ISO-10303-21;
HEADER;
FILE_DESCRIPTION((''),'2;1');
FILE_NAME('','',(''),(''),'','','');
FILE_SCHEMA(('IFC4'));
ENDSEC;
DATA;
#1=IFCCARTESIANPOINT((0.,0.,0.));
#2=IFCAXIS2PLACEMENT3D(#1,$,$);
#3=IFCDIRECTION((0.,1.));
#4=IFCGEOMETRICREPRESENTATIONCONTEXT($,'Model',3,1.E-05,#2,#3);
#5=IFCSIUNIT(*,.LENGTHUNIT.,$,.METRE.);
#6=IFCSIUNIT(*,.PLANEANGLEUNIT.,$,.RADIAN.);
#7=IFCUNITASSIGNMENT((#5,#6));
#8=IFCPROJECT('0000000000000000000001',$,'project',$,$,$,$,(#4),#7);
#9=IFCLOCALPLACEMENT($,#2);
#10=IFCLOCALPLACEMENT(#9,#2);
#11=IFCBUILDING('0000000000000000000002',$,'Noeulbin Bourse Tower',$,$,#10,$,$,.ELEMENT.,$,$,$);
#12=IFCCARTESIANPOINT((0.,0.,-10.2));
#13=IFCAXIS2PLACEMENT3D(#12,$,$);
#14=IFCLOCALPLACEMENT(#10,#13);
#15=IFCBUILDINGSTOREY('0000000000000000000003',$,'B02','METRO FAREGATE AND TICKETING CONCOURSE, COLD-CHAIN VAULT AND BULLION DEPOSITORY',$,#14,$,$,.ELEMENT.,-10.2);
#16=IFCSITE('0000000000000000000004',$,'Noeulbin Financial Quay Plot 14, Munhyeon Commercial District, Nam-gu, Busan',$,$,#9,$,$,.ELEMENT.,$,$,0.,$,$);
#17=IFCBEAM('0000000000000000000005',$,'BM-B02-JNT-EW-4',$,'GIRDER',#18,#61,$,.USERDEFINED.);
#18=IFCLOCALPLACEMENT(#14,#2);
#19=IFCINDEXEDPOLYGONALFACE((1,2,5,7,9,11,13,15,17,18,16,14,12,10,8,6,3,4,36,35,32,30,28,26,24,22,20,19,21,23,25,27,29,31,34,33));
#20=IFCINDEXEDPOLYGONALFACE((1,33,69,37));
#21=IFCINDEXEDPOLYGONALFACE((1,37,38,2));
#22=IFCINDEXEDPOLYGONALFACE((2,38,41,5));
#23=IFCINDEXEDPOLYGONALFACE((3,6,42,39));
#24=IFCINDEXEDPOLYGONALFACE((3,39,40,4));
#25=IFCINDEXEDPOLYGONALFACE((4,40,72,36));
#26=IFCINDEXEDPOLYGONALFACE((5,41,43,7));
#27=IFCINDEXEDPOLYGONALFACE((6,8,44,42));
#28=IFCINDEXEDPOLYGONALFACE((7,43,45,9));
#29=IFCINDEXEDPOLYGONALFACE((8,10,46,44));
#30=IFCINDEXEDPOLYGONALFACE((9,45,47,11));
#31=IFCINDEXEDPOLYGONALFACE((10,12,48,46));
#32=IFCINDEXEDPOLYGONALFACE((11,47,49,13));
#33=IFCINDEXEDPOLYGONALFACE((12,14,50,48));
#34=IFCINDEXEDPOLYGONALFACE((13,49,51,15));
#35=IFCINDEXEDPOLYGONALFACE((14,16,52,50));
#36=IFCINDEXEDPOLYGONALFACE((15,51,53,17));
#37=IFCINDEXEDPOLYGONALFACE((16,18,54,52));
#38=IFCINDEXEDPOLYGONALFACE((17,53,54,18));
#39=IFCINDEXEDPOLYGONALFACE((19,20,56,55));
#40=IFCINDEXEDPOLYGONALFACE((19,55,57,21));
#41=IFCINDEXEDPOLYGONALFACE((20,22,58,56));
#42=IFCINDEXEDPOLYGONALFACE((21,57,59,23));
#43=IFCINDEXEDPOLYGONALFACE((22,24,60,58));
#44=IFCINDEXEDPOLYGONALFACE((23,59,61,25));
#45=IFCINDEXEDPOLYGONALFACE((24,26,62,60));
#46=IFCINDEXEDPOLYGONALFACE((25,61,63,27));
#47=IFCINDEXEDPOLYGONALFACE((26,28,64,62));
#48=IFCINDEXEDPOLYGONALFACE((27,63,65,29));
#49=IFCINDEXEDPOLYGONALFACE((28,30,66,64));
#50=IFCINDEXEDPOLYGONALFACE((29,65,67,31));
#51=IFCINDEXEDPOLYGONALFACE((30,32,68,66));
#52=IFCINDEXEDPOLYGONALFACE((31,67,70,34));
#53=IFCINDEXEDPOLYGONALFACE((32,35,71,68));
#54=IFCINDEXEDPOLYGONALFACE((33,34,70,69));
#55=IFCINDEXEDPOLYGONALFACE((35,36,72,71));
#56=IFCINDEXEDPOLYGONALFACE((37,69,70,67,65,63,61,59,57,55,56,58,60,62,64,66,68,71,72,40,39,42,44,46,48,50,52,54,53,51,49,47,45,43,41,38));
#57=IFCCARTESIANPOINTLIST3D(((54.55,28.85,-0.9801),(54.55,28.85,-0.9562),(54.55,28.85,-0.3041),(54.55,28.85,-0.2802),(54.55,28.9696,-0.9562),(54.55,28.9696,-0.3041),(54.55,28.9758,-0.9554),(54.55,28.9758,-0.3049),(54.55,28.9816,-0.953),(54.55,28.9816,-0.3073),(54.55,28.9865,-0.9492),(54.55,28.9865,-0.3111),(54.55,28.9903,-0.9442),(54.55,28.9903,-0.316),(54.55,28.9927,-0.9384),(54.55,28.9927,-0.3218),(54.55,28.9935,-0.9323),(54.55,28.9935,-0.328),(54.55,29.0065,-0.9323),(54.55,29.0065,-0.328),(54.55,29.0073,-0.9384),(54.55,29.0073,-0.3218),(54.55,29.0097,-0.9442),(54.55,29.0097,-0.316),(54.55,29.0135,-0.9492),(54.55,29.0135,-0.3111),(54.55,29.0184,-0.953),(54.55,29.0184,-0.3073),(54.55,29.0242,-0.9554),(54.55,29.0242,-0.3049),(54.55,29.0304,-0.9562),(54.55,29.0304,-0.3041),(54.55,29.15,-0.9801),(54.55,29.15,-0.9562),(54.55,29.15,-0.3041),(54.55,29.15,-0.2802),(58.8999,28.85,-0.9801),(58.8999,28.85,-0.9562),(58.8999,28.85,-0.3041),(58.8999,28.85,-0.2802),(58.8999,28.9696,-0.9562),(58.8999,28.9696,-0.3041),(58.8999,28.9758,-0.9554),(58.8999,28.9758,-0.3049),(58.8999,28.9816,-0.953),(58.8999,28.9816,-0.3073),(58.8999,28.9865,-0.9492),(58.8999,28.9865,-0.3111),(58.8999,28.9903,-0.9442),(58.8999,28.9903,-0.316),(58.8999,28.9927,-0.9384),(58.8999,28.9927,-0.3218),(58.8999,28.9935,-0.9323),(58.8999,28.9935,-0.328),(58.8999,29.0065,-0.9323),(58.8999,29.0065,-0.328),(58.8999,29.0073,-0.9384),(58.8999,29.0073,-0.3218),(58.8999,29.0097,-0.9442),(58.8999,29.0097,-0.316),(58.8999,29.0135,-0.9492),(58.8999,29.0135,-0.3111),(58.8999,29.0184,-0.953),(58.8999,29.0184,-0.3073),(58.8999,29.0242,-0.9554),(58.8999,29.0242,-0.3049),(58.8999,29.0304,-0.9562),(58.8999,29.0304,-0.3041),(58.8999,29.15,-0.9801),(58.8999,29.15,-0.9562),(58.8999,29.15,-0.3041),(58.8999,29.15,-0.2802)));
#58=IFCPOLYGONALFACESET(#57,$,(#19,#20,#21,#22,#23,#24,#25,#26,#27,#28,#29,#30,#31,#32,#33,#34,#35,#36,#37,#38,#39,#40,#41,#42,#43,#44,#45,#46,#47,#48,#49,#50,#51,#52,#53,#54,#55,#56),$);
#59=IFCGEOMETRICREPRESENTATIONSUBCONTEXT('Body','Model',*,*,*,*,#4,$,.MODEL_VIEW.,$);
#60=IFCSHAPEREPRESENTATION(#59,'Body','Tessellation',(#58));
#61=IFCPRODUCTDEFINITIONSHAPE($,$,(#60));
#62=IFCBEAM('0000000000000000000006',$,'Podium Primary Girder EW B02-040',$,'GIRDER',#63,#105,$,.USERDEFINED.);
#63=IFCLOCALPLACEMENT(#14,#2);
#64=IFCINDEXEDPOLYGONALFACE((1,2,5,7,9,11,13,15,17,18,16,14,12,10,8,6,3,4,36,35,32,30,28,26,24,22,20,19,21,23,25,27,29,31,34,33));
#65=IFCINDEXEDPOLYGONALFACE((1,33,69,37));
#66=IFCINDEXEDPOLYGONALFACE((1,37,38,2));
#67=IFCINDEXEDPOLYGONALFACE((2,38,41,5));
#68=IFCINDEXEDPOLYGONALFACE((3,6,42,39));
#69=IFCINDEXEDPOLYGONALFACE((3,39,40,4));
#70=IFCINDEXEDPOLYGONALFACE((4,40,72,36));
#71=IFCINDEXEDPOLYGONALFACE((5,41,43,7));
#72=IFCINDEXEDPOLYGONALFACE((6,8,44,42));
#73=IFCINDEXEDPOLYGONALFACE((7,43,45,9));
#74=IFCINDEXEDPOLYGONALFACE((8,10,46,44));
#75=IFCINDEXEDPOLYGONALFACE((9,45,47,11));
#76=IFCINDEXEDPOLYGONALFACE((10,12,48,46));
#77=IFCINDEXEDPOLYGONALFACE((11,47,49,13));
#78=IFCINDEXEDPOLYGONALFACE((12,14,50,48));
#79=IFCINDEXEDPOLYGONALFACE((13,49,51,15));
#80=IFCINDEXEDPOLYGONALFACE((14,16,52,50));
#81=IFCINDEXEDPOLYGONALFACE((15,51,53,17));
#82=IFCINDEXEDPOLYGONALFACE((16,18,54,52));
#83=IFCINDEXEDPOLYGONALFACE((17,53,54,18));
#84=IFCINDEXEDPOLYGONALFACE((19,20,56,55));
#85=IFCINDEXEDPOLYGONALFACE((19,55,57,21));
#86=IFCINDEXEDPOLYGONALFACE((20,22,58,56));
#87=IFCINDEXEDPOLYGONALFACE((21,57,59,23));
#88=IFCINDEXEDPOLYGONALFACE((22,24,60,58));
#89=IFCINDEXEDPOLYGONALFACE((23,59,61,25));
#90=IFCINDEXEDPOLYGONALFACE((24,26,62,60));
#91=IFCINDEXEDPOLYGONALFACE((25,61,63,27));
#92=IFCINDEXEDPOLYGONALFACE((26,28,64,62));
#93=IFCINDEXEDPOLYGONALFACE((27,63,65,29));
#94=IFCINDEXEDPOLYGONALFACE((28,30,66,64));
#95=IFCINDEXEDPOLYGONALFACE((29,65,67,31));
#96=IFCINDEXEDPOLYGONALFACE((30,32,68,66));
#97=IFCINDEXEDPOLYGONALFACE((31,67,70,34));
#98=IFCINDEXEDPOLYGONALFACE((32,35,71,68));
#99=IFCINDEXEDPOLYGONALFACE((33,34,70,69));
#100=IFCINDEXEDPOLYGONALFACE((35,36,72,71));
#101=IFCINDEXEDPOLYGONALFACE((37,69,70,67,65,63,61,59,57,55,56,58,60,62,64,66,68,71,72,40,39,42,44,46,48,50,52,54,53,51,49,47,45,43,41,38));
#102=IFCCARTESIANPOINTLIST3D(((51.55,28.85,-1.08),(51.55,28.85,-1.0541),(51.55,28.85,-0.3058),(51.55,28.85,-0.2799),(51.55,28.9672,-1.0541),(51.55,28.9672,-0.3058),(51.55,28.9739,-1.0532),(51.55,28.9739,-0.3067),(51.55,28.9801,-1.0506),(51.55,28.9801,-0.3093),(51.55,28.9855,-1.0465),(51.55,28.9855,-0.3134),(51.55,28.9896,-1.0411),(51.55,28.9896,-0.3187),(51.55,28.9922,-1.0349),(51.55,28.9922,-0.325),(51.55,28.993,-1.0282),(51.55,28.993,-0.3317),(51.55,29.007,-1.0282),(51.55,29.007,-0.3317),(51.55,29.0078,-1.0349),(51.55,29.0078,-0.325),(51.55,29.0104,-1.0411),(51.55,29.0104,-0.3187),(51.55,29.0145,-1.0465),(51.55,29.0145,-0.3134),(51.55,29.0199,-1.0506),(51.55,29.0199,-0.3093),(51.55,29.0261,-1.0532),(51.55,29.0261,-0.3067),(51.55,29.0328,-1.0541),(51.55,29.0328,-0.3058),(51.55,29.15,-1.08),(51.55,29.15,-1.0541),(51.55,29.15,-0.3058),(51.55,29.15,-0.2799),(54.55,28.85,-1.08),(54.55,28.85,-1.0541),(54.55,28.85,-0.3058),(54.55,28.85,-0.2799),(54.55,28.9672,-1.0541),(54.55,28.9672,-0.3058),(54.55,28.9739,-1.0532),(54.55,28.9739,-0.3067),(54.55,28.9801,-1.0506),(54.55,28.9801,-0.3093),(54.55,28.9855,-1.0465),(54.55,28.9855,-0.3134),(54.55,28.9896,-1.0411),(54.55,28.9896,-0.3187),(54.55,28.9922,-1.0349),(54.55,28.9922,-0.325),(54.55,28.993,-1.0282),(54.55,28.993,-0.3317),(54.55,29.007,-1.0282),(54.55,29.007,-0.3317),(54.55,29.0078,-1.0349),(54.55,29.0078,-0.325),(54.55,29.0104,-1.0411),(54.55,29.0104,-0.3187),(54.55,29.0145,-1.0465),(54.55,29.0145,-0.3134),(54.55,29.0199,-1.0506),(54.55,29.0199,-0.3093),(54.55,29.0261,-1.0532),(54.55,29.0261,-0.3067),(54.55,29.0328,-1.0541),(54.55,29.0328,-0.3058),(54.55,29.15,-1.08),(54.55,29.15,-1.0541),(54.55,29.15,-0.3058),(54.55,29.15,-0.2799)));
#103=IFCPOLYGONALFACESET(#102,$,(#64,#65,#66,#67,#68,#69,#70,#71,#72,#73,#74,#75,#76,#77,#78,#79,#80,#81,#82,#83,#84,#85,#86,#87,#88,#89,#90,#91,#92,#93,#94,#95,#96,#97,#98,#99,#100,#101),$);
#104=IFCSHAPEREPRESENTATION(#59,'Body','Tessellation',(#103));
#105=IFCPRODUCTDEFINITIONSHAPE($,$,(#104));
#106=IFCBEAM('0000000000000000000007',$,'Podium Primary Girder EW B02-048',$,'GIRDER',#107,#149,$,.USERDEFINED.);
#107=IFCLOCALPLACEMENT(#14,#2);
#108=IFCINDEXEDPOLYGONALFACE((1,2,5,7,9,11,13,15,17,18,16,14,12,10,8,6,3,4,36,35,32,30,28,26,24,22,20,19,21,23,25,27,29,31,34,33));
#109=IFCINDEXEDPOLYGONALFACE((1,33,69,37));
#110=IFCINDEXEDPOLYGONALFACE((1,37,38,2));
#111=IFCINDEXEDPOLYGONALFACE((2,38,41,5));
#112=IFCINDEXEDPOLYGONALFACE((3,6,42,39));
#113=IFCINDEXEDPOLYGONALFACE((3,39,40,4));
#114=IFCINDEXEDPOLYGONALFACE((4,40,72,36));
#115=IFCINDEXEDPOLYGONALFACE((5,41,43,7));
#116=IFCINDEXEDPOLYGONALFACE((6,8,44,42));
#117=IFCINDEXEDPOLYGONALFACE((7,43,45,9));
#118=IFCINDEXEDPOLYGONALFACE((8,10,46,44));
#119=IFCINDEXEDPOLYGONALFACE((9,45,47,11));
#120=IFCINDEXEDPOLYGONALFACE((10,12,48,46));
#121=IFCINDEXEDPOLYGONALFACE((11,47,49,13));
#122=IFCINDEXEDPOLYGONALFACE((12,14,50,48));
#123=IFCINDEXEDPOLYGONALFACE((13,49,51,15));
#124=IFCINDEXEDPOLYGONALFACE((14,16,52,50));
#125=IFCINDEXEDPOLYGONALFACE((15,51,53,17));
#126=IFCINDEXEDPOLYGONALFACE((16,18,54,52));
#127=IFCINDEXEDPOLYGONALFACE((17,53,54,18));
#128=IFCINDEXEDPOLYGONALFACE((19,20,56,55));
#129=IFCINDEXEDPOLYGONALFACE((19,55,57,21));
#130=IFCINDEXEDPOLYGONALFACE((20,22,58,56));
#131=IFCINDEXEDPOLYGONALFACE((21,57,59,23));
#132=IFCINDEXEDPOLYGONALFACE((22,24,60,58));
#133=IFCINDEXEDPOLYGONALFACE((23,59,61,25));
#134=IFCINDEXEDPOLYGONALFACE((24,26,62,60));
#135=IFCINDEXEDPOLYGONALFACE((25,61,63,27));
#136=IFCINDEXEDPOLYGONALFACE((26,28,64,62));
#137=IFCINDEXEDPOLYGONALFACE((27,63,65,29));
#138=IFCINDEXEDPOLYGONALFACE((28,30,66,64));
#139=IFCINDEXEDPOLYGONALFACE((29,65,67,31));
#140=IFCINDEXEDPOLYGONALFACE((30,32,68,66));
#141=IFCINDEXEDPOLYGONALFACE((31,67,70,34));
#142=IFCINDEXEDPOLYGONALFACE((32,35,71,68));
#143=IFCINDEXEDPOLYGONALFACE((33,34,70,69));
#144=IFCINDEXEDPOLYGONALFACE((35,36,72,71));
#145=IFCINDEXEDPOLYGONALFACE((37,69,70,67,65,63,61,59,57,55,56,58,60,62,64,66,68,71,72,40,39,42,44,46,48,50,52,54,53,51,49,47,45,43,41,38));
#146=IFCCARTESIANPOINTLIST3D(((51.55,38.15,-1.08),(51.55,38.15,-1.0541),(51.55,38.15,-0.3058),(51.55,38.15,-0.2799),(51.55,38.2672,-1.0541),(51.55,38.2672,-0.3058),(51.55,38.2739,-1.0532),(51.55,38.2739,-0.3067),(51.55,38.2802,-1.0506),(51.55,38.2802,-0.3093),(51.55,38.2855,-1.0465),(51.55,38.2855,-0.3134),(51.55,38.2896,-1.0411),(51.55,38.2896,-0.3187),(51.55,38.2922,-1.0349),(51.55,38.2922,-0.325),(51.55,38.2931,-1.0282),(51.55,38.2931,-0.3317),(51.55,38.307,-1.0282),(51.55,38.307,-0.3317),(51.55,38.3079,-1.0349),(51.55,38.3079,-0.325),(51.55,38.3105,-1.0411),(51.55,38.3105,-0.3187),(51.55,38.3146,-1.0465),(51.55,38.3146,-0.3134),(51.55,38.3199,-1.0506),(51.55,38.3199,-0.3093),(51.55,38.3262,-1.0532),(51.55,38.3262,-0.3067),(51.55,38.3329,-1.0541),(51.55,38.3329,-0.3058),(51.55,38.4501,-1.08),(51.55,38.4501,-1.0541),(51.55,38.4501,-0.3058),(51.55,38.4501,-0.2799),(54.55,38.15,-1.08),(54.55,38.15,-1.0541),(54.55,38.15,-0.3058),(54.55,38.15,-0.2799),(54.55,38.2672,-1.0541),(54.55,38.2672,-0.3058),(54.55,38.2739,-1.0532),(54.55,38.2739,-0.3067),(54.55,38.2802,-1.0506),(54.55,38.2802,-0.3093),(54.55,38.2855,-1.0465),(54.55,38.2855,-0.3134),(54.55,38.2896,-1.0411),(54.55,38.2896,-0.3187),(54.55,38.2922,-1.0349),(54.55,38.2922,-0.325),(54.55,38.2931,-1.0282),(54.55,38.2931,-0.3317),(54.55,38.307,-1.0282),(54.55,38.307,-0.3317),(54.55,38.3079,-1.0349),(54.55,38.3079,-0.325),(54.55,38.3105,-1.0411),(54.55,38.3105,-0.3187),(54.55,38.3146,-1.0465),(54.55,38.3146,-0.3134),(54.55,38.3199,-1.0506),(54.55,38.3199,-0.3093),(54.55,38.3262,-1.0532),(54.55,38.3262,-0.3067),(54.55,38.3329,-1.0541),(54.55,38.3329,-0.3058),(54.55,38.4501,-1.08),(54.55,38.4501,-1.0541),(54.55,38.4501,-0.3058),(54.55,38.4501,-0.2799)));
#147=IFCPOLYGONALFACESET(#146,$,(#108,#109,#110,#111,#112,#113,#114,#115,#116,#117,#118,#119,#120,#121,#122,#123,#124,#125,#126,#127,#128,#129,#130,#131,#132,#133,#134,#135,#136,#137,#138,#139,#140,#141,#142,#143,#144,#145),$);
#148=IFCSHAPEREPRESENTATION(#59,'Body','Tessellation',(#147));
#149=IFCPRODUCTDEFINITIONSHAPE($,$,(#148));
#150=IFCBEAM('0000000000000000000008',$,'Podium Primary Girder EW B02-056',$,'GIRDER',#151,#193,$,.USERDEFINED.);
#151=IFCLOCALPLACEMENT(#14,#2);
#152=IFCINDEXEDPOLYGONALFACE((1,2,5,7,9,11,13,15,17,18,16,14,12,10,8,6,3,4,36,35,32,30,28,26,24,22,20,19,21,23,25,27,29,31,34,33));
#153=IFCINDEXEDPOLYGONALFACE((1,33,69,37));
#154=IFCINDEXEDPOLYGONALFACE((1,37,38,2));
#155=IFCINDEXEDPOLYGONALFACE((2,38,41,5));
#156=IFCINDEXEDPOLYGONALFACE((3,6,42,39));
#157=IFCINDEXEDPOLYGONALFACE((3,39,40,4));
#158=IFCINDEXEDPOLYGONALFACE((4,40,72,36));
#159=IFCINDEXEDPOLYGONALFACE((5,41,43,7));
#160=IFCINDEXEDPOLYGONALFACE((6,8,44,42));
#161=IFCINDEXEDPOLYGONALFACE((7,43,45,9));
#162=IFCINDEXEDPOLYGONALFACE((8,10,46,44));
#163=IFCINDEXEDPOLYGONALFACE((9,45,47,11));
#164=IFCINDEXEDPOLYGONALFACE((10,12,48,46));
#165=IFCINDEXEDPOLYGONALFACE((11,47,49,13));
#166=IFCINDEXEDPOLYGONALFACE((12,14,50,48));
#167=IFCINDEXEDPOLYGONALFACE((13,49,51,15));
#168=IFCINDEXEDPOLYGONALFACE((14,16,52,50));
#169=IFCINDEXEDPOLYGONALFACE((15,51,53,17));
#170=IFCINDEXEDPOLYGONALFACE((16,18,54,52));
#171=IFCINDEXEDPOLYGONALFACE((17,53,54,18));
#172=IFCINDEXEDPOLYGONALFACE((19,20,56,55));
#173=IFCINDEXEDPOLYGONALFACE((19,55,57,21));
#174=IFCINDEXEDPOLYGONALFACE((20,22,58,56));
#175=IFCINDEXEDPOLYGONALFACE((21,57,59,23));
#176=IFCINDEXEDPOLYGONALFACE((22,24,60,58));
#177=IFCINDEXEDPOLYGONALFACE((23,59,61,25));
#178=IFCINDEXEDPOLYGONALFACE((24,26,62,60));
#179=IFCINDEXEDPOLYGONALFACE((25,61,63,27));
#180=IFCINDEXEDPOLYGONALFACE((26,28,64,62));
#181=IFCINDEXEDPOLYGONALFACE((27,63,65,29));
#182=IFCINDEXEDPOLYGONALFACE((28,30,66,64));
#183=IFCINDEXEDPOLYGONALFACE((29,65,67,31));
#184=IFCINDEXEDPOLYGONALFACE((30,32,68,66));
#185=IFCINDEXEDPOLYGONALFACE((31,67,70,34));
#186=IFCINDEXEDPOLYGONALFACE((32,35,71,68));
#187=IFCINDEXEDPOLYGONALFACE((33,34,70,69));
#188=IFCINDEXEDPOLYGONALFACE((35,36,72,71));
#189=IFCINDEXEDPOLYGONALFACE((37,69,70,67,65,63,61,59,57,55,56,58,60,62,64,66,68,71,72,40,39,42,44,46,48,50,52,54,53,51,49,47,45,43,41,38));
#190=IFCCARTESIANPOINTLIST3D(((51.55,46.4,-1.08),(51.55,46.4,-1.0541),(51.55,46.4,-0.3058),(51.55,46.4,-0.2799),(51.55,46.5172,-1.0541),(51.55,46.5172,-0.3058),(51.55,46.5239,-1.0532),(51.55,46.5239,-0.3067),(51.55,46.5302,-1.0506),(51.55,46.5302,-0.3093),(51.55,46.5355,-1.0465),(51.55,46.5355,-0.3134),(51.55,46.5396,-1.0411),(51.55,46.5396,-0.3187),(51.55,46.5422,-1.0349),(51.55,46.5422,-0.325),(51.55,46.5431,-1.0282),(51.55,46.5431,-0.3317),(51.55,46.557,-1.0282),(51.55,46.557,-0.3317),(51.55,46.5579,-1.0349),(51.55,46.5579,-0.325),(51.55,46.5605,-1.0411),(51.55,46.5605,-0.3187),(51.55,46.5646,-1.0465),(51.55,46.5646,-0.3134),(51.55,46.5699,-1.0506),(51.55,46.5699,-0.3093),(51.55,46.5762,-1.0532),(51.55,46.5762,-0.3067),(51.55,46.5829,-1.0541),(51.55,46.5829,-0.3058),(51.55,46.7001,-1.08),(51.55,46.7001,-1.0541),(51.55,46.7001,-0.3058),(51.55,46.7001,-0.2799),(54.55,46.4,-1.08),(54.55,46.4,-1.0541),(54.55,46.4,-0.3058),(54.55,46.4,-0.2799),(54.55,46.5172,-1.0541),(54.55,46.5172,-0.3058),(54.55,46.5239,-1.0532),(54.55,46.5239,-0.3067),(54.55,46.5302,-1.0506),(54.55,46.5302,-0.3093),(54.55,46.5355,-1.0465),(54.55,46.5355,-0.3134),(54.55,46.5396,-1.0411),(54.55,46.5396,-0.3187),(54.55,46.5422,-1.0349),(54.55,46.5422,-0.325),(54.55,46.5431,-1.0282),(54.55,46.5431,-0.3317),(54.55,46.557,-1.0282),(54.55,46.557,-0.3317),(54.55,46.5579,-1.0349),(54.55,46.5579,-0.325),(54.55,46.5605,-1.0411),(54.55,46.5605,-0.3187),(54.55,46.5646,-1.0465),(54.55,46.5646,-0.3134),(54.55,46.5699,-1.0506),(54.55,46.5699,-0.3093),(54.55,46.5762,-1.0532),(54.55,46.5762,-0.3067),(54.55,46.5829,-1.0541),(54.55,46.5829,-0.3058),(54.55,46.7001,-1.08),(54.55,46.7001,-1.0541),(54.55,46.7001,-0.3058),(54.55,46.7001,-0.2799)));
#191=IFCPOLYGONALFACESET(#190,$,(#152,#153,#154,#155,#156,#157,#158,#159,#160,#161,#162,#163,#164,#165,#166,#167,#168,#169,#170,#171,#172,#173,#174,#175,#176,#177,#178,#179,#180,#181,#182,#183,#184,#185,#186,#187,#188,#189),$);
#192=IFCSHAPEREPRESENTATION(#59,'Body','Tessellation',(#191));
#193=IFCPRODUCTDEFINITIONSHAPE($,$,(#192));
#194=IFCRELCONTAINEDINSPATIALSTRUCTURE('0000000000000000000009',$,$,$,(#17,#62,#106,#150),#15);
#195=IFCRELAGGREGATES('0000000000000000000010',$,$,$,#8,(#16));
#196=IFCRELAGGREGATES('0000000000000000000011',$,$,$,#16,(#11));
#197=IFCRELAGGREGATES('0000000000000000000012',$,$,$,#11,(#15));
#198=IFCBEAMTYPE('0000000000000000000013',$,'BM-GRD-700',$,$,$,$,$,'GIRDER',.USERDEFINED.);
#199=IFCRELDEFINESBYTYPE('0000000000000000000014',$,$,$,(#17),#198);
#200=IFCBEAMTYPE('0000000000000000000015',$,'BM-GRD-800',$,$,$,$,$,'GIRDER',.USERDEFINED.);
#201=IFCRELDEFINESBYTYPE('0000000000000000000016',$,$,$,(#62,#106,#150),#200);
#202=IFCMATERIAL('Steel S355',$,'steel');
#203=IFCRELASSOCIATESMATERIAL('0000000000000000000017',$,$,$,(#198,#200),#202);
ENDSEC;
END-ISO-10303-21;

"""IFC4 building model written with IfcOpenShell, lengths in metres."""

from ifc_helpers import new_model, si_unit, direction, frame, origin, origin_2d, place, context, subcontext, project, spatial, i_section, extrude, material, material_profile, profile_set, type_object, element, save


model = new_model("IFC4")

# Units and contexts
model_context = context("Model", 3, precision=1e-05, world=origin(), true_north=direction((0.0, 1.0)))
body_context = subcontext(model_context, "Body", "Model", "MODEL_VIEW")
ifc_project = project(units=[si_unit("LENGTHUNIT", "METRE"), si_unit("PLANEANGLEUNIT", "RADIAN")], contexts=[model_context])

# Site, building, storey
site_placement = place(None, origin())
site = spatial("IfcSite", under=ifc_project, at=site_placement, Name="Noeulbin Financial Quay Plot 14, Munhyeon Commercial District, Nam-gu, Busan", CompositionType="ELEMENT", RefElevation=0.0)
building_placement = place(site_placement, origin())
building = spatial("IfcBuilding", under=site, at=building_placement, Name="Noeulbin Bourse Tower", CompositionType="ELEMENT")
storey_placement = place(building_placement, frame((0.0, 0.0, -10.2)))
storey = spatial("IfcBuildingStorey", under=building, at=storey_placement, Name="B02", Description="METRO FAREGATE AND TICKETING CONCOURSE, COLD-CHAIN VAULT AND BULLION DEPOSITORY", CompositionType="ELEMENT", Elevation=-10.2)

# Beams
ifc_material_1 = material(Name="Steel S355", Category="steel")
ifc_material_profile_1 = material_profile(ifc_material_1, i_section(OverallWidth=0.3, OverallDepth=0.7, WebThickness=0.0129, FlangeThickness=0.0239, FilletRadius=0.0239, at=origin_2d()), Name="H-700x300x13x24", Category="LoadBearing")
ifc_profile_set_1 = profile_set([ifc_material_profile_1], Name="Steel S355")
beam_type_1 = type_object("IfcBeamType", Name="BM-GRD-700", ElementType="GIRDER", PredefinedType="USERDEFINED", material=ifc_profile_set_1)
beam_1_placement = place(storey_placement, frame((54.55, 29.0, -0.6301), z_axis=(1.0, 0.0, 0.0), x_axis=(0.0, 1.0, 0.0)))
element("IfcBeam", 1, at=beam_1_placement, inside=storey, type_object=beam_type_1, Name="BM-B02-JNT-EW-4", ObjectType="GIRDER", PredefinedType="USERDEFINED", context=body_context, shape_type="SweptSolid", body=[
    extrude(i_section(OverallWidth=0.3, OverallDepth=0.7, WebThickness=0.0129, FlangeThickness=0.0239, FilletRadius=0.0239, at=origin_2d()), origin(), (0.0, 0.0, 1.0), 4.3499),
])
ifc_material_profile_2 = material_profile(ifc_material_1, i_section(OverallWidth=0.3, OverallDepth=0.8, WebThickness=0.0139, FlangeThickness=0.0259, FilletRadius=0.0259, at=origin_2d()), Name="H-800x300x14x26", Category="LoadBearing")
ifc_profile_set_2 = profile_set([ifc_material_profile_2], Name="Steel S355")
beam_type_2 = type_object("IfcBeamType", Name="BM-GRD-800", ElementType="GIRDER", PredefinedType="USERDEFINED", material=ifc_profile_set_2)
for number, where, z_axis, x_axis, name in (
    (2, (51.55, 29.0, -0.6799), (1.0, 0.0, 0.0), (0.0, 1.0, 0.0), "Podium Primary Girder EW B02-040"),
    (3, (51.55, 38.3, -0.6799), (1.0, 0.0, 0.0), (0.0, 1.0, 0.0), "Podium Primary Girder EW B02-048"),
    (4, (51.55, 46.55, -0.6799), (1.0, 0.0, 0.0), (0.0, 1.0, 0.0), "Podium Primary Girder EW B02-056"),
):
    element("IfcBeam", number, at=place(storey_placement, frame(where, z_axis=z_axis, x_axis=x_axis)), inside=storey, type_object=beam_type_2, Name=name, ObjectType="GIRDER", PredefinedType="USERDEFINED", context=body_context, shape_type="SweptSolid", body=[
        extrude(i_section(OverallWidth=0.3, OverallDepth=0.8, WebThickness=0.0139, FlangeThickness=0.0259, FilletRadius=0.0259, at=origin_2d()), origin(), (0.0, 0.0, 1.0), 3.0),
    ])

save(model, "model.ifc")
